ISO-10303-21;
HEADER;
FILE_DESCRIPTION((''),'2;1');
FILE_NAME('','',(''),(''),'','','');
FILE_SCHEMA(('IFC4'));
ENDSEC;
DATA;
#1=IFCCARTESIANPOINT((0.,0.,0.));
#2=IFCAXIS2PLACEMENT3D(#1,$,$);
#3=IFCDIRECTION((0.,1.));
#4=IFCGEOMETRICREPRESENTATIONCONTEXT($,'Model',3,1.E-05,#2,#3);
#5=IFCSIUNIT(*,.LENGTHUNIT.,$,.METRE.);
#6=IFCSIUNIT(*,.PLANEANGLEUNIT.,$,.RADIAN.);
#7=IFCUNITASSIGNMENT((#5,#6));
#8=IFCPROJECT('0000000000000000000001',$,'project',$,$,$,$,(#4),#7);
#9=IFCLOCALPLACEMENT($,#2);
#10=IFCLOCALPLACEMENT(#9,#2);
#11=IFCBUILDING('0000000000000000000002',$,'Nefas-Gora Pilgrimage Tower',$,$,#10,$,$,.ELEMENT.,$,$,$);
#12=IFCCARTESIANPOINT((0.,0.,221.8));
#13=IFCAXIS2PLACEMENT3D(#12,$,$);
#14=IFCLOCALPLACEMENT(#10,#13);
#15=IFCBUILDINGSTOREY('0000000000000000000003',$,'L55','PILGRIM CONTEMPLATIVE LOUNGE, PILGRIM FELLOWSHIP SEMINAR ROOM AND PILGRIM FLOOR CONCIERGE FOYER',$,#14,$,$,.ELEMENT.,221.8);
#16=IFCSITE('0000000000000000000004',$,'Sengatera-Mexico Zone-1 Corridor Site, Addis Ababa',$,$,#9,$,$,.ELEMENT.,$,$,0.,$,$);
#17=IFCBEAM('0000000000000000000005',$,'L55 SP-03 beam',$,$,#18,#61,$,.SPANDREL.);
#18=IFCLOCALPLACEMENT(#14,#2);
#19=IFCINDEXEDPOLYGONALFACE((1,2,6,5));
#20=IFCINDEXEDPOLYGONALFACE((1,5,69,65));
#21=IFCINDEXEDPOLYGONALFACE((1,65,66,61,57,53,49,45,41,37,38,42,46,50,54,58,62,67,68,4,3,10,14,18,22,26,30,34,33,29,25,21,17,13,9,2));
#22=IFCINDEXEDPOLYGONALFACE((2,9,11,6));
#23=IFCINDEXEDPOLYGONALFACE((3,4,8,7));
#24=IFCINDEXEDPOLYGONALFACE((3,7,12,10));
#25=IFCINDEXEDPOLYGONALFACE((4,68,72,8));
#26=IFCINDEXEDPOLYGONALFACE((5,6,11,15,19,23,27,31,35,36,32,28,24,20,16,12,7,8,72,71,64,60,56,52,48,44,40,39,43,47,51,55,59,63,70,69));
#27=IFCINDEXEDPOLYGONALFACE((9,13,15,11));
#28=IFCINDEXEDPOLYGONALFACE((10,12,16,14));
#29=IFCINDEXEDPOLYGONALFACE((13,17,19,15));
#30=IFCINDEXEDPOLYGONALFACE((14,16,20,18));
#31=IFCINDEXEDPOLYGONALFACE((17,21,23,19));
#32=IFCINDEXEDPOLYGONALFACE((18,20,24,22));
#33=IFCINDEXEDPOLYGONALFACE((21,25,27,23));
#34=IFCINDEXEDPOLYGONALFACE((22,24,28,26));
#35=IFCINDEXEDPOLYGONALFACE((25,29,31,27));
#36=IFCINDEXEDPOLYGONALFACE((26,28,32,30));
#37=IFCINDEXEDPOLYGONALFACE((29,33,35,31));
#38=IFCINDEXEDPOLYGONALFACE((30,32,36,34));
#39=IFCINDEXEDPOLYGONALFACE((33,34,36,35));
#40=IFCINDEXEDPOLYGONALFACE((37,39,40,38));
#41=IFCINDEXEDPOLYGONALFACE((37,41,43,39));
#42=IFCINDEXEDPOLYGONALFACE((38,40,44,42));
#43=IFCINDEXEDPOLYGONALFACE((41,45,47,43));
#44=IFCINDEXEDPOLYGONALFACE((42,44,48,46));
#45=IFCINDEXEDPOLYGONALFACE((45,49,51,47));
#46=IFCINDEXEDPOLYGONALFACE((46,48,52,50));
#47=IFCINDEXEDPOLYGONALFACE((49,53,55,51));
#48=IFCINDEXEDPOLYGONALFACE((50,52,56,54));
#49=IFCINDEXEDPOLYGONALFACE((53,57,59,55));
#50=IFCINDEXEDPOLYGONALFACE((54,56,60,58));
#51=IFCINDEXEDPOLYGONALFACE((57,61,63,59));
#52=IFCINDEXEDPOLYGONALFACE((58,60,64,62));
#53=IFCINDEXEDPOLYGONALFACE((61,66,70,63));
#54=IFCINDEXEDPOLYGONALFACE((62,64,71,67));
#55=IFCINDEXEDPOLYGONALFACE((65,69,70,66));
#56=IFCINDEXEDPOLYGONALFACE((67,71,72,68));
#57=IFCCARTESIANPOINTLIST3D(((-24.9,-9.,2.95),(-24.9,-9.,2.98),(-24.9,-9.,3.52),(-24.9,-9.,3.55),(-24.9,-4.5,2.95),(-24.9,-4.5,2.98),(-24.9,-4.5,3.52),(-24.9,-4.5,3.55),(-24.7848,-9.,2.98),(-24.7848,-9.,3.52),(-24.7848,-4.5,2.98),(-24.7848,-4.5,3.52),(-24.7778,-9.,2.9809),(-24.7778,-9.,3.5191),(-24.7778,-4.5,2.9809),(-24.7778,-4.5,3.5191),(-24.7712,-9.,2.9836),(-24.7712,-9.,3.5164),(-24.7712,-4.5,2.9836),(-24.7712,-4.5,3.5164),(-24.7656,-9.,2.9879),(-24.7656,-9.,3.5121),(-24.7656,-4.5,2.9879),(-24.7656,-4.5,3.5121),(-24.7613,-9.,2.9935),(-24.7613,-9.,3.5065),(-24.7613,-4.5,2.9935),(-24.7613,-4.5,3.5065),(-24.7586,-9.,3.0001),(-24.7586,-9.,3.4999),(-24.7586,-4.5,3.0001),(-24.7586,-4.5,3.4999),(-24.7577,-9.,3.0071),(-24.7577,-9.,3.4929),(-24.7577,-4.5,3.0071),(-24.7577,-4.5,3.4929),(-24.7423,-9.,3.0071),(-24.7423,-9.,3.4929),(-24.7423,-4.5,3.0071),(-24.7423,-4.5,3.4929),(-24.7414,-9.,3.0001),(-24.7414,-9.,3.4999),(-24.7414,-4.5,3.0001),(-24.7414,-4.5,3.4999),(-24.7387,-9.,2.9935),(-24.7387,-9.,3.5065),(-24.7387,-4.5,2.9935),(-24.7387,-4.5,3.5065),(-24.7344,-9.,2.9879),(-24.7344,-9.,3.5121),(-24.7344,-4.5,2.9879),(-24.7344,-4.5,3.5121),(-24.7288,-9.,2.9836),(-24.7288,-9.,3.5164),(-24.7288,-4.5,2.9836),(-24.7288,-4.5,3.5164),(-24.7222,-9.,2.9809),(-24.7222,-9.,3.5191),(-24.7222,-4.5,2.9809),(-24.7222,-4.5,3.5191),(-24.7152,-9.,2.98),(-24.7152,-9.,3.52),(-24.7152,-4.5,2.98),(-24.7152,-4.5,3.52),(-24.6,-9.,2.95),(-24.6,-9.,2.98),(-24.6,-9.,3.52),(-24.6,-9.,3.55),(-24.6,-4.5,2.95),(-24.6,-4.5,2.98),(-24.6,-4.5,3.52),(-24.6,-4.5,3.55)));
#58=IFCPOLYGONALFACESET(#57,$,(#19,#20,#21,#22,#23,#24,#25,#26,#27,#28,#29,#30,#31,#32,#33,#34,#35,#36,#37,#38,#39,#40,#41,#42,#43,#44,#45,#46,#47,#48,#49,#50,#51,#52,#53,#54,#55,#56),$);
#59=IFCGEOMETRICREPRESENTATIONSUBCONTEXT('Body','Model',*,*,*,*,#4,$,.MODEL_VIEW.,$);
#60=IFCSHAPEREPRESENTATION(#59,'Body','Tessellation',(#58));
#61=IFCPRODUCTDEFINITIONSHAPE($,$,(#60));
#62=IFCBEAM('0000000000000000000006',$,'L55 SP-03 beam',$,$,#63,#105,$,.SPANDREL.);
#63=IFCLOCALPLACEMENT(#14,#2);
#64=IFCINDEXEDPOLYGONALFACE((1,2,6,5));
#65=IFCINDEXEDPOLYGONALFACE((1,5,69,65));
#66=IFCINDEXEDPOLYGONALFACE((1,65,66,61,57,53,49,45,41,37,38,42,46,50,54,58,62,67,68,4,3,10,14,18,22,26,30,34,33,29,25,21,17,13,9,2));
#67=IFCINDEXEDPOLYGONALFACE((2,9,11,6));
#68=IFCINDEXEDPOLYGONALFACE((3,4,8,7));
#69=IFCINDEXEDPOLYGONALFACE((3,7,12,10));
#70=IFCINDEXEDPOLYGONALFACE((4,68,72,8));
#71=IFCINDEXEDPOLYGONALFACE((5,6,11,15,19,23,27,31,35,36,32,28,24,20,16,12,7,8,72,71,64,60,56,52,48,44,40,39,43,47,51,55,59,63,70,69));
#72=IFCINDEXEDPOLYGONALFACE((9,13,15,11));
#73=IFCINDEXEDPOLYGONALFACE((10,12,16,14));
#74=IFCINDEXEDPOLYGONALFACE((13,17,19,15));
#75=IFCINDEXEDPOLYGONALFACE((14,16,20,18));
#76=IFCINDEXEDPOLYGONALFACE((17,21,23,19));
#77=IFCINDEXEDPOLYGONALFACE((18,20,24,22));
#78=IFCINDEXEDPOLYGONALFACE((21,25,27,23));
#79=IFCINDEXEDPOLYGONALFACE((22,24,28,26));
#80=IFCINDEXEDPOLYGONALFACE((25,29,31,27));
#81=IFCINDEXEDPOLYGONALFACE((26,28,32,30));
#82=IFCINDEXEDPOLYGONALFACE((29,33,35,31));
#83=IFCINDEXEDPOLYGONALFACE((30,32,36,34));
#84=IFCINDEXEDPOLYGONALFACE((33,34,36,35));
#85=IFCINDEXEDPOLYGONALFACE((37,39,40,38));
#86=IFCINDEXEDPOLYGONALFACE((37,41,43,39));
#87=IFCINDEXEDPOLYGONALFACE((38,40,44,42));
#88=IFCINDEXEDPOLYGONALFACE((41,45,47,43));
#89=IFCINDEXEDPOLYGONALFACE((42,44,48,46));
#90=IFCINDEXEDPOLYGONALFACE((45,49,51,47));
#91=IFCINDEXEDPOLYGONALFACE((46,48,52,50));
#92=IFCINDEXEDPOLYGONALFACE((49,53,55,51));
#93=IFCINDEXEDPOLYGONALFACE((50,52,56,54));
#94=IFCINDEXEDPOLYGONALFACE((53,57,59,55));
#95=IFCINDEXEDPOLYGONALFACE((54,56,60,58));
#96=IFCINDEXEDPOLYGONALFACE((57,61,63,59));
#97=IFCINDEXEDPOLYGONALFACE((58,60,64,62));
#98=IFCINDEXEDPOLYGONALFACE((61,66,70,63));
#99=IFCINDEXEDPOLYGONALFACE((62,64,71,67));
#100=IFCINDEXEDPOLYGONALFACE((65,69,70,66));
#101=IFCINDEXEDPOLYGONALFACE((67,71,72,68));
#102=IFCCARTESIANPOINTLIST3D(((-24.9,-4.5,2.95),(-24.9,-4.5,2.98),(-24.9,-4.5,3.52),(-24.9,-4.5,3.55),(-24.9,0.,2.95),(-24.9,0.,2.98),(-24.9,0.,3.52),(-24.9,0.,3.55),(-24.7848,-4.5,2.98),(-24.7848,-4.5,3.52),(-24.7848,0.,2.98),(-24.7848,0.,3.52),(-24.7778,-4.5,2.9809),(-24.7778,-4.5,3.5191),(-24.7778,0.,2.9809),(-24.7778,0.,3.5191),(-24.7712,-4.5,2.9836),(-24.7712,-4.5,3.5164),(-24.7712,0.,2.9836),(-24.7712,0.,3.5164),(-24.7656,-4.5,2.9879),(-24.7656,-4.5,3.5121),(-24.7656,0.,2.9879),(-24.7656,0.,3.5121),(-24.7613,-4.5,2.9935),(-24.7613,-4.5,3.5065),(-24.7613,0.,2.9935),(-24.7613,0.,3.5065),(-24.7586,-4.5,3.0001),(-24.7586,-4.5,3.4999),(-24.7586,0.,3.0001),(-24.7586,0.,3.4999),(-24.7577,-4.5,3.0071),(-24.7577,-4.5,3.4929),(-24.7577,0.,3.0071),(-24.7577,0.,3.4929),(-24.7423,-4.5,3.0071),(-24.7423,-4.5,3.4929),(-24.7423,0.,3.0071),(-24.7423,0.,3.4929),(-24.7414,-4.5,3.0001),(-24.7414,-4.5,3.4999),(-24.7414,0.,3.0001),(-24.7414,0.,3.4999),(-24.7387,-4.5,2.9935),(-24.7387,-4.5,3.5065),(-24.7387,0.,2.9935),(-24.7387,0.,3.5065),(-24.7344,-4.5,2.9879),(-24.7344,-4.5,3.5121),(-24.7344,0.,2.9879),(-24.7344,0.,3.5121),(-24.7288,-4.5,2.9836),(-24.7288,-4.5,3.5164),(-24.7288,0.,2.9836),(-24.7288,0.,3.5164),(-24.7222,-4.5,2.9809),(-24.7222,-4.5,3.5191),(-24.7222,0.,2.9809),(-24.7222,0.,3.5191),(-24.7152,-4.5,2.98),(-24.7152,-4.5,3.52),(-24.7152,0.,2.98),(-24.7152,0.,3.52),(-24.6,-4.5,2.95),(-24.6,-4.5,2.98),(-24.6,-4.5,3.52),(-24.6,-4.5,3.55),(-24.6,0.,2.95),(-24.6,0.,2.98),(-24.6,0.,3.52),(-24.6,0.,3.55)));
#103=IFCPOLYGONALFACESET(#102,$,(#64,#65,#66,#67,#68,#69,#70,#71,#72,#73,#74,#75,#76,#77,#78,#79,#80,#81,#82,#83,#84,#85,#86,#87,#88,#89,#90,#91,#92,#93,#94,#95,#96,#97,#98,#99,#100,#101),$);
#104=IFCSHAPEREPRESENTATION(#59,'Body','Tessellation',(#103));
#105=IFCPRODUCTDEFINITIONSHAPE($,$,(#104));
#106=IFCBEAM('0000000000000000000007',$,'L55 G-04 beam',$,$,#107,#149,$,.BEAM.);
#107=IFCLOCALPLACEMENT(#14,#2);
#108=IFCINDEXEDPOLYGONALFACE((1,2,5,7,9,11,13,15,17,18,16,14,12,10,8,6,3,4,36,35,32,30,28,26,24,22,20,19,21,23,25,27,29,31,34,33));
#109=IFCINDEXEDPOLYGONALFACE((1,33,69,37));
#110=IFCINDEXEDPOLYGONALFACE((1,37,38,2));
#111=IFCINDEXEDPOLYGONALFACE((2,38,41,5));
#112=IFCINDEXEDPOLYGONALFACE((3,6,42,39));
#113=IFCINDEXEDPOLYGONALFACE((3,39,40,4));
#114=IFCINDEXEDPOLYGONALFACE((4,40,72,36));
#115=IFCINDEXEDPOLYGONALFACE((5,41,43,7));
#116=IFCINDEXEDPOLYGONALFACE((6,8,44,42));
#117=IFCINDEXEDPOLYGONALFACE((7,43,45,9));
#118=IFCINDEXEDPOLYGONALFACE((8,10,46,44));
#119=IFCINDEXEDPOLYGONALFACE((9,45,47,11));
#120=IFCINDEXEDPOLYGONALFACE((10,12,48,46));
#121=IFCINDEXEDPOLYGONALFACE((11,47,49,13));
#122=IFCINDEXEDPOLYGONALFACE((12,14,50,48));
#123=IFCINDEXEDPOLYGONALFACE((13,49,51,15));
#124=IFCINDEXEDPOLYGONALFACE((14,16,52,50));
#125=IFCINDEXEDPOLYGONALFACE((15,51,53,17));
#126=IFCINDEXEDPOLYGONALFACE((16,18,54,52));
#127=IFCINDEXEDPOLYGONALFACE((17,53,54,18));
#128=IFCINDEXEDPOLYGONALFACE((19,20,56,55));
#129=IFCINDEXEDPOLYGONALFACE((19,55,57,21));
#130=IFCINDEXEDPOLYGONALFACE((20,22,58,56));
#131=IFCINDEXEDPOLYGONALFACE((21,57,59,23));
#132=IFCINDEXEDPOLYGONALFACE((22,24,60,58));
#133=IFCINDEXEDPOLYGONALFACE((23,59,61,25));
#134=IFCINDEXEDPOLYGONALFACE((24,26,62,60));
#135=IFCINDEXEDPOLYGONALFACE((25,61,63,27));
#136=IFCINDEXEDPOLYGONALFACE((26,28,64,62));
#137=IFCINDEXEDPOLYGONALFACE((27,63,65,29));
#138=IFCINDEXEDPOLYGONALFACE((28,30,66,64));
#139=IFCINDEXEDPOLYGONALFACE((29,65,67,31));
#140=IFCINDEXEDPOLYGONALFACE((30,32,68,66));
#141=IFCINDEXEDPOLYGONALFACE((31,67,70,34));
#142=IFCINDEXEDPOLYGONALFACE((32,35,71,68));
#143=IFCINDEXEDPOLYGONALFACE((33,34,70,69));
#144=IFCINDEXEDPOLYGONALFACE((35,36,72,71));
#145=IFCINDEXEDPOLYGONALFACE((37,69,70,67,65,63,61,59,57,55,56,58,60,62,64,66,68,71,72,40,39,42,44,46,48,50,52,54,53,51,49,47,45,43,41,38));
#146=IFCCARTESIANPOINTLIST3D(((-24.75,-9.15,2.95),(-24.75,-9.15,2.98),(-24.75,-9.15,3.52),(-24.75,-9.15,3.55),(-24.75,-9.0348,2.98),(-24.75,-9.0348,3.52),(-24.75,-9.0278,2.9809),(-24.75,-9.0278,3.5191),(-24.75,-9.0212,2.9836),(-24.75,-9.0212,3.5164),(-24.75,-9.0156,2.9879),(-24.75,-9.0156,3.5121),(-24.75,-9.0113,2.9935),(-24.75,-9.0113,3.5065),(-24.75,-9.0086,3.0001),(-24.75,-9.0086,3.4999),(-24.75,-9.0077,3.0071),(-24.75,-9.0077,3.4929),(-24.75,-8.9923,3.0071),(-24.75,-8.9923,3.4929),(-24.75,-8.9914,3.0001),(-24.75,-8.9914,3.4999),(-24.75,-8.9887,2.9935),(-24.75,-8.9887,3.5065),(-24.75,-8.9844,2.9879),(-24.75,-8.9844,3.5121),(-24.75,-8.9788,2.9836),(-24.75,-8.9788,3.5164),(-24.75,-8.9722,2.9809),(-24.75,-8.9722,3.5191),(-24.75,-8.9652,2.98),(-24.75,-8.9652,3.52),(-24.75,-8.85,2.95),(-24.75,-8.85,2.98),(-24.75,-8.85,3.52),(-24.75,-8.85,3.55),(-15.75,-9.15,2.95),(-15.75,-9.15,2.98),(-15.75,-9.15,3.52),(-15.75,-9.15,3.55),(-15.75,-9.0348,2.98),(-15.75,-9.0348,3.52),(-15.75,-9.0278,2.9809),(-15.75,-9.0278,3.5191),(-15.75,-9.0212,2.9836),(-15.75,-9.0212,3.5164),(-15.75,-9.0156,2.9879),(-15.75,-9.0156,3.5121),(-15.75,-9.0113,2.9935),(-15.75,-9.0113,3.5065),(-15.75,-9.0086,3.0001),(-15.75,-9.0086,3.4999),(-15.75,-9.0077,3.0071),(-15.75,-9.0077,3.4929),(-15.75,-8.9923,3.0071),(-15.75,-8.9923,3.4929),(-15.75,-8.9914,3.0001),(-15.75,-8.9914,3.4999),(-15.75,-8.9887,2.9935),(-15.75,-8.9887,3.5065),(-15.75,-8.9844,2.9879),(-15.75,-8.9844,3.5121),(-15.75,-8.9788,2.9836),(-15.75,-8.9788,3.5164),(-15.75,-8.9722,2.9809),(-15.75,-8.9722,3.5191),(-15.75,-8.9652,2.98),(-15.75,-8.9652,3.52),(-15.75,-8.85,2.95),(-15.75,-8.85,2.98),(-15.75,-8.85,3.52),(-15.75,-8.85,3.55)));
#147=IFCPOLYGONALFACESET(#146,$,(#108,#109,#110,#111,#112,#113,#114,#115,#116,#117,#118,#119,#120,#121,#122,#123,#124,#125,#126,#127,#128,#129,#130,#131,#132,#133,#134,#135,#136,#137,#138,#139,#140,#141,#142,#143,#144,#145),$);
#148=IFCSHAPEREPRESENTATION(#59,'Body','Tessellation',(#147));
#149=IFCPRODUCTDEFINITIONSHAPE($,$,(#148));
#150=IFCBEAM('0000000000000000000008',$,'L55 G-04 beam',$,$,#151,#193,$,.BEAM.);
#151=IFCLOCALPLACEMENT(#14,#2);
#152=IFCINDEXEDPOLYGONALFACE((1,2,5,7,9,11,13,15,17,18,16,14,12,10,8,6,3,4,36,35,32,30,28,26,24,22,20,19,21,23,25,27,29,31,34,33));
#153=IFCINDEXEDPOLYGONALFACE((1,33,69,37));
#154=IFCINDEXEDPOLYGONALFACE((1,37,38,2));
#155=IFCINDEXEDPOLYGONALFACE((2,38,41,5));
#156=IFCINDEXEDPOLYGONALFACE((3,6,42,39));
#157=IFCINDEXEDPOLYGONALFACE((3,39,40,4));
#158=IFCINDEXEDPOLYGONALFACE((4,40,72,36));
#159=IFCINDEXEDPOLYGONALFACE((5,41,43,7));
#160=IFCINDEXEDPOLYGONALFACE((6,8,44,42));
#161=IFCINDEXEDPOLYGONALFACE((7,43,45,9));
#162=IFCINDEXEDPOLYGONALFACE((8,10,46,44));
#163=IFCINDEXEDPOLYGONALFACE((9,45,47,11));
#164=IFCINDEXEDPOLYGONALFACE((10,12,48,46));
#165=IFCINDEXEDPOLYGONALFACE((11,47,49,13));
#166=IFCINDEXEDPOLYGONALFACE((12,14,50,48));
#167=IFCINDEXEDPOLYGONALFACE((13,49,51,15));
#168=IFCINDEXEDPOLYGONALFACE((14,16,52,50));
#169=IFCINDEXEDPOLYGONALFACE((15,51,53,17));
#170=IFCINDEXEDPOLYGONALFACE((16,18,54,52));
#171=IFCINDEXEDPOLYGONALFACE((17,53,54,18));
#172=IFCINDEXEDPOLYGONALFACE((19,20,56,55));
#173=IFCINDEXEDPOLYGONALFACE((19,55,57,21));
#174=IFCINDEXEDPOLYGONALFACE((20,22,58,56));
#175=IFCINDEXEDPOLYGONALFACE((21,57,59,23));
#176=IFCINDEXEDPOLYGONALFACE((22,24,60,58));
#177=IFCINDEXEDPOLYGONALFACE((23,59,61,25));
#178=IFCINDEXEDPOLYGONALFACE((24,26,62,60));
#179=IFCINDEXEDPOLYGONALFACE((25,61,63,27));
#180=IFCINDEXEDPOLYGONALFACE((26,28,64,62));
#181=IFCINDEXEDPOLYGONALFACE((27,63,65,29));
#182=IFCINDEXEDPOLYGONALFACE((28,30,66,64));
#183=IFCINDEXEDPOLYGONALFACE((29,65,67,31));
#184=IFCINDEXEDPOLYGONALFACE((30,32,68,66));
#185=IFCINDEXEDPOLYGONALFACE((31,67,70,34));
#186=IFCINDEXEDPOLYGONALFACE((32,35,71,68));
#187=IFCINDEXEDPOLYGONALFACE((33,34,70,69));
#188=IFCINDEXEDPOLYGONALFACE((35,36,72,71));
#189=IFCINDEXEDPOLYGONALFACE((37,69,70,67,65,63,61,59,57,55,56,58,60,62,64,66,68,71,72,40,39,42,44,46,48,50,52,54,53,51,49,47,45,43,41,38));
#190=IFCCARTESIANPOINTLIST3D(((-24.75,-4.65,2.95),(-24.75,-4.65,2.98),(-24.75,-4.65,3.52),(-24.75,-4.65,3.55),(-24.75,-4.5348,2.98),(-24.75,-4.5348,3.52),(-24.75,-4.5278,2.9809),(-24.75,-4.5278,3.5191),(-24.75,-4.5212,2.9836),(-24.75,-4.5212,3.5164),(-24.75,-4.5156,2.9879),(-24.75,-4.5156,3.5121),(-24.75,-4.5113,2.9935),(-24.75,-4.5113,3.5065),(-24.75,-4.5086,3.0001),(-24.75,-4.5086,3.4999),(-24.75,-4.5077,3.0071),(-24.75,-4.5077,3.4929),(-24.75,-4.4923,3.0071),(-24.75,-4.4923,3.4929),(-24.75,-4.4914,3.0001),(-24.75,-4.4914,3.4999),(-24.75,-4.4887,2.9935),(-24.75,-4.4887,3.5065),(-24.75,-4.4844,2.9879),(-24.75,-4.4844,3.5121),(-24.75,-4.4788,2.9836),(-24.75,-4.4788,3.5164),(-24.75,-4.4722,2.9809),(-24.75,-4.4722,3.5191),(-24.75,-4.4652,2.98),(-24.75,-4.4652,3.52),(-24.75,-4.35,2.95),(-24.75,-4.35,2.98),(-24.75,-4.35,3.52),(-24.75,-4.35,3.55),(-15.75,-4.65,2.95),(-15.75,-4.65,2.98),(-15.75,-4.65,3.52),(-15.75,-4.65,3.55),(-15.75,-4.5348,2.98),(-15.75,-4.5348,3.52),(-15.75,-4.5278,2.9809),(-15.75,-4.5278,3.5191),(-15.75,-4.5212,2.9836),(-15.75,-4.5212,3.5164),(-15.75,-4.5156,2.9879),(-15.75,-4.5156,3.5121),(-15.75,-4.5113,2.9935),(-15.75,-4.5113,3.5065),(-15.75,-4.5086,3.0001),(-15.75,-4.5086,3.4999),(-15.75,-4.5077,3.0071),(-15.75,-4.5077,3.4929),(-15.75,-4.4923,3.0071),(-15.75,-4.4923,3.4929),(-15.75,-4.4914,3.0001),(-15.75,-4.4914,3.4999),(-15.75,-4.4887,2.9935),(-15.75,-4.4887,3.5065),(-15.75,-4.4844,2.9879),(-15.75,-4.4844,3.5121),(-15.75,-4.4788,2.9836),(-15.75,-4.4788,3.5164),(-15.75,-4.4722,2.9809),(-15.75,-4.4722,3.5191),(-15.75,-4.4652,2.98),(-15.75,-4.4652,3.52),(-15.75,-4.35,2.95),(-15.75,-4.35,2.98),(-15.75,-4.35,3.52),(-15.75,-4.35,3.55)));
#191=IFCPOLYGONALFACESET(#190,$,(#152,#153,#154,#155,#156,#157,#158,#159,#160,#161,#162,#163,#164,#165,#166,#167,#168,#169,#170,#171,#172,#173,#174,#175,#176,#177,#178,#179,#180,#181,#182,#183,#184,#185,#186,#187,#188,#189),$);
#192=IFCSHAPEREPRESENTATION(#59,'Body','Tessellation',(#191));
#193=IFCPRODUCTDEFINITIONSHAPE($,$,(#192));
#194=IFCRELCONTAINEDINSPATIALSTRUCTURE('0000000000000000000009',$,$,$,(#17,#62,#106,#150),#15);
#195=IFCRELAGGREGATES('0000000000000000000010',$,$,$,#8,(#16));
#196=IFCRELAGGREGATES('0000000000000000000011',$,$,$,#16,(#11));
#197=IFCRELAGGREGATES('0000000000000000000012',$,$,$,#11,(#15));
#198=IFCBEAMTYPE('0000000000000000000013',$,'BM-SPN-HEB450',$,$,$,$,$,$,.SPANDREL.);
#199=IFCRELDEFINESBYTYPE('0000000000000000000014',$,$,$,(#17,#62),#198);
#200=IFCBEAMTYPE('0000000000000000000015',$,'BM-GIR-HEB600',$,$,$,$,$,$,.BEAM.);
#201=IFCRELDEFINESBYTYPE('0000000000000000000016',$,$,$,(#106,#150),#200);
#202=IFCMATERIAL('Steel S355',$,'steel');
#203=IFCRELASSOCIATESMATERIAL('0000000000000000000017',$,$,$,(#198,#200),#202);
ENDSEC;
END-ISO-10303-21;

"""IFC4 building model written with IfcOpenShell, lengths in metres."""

from ifc_helpers import new_model, si_unit, direction, frame, origin, origin_2d, place, context, subcontext, project, spatial, i_section, extrude, source, transform, mapped, material, material_profile, profile_set, type_object, element, save


model = new_model("IFC4")

# Units and contexts
model_context = context("Model", 3, precision=1e-05, world=origin(), true_north=direction((0.0, 1.0)))
body_context = subcontext(model_context, "Body", "Model", "MODEL_VIEW")
ifc_project = project(units=[si_unit("LENGTHUNIT", "METRE"), si_unit("PLANEANGLEUNIT", "RADIAN")], contexts=[model_context])

# Site, building, storey
site_placement = place(None, origin())
site = spatial("IfcSite", under=ifc_project, at=site_placement, Name="Sengatera-Mexico Zone-1 Corridor Site, Addis Ababa", CompositionType="ELEMENT", RefElevation=0.0)
building_placement = place(site_placement, origin())
building = spatial("IfcBuilding", under=site, at=building_placement, Name="Nefas-Gora Pilgrimage Tower", CompositionType="ELEMENT")
storey_placement = place(building_placement, frame((0.0, 0.0, 221.8)))
storey = spatial("IfcBuildingStorey", under=building, at=storey_placement, Name="L55", Description="PILGRIM CONTEMPLATIVE LOUNGE, PILGRIM FELLOWSHIP SEMINAR ROOM AND PILGRIM FLOOR CONCIERGE FOYER", CompositionType="ELEMENT", Elevation=221.8)

# Beams
ifc_material_1 = material(Name="Steel S355", Category="steel")
ifc_material_profile_1 = material_profile(ifc_material_1, i_section(OverallWidth=0.3, OverallDepth=0.6001, WebThickness=0.0154, FlangeThickness=0.03, FilletRadius=0.0271, at=origin_2d()), Name="HEB 600")
ifc_profile_set_1 = profile_set([ifc_material_profile_1], Name="Steel S355")
beam_type_1 = type_object("IfcBeamType", Name="BM-SPN-HEB450", PredefinedType="SPANDREL", material=ifc_profile_set_1)
shared_shape_1 = source(origin(), body_context, "Body", "SweptSolid", [
    extrude(i_section(OverallWidth=0.3, OverallDepth=0.6001, WebThickness=0.0154, FlangeThickness=0.03, FilletRadius=0.0271, at=origin_2d()), origin(), (0.0, 0.0, 1.0), 4.5),
])
for number, where, z_axis, x_axis, name in (
    (1, (-24.75, -9.0, 3.25), (0.0, 1.0, 0.0), (-1.0, 0.0, 0.0), "L55 SP-03 beam"),
    (2, (-24.75, -4.5, 3.25), (0.0, 1.0, 0.0), (-1.0, 0.0, 0.0), "L55 SP-03 beam"),
):
    element("IfcBeam", number, at=place(storey_placement, frame(where, z_axis=z_axis, x_axis=x_axis)), inside=storey, type_object=beam_type_1, Name=name, PredefinedType="SPANDREL", context=body_context, shape_type="MappedRepresentation", body=[
        mapped(shared_shape_1, transform((0.0, 0.0, 0.0), x_axis=(1.0, 0.0, 0.0), y_axis=(0.0, 1.0, 0.0), z_axis=(0.0, 0.0, 1.0), scale=1.0)),
    ])
ifc_material_profile_2 = material_profile(ifc_material_1, i_section(OverallWidth=0.3, OverallDepth=0.6001, WebThickness=0.0154, FlangeThickness=0.03, FilletRadius=0.0271, at=origin_2d()), Name="HEB 600")
ifc_profile_set_2 = profile_set([ifc_material_profile_2], Name="Steel S355")
beam_type_2 = type_object("IfcBeamType", Name="BM-GIR-HEB600", PredefinedType="BEAM", material=ifc_profile_set_2)
shared_shape_2 = source(origin(), body_context, "Body", "SweptSolid", [
    extrude(i_section(OverallWidth=0.3, OverallDepth=0.6001, WebThickness=0.0154, FlangeThickness=0.03, FilletRadius=0.0271, at=origin_2d()), origin(), (0.0, 0.0, 1.0), 9.0),
])
for number, where, z_axis, x_axis, name in (
    (3, (-24.75, -9.0, 3.25), (1.0, 0.0, 0.0), (0.0, 1.0, 0.0), "L55 G-04 beam"),
    (4, (-24.75, -4.5, 3.25), (1.0, 0.0, 0.0), (0.0, 1.0, 0.0), "L55 G-04 beam"),
):
    element("IfcBeam", number, at=place(storey_placement, frame(where, z_axis=z_axis, x_axis=x_axis)), inside=storey, type_object=beam_type_2, Name=name, PredefinedType="BEAM", context=body_context, shape_type="MappedRepresentation", body=[
        mapped(shared_shape_2, transform((0.0, 0.0, 0.0), x_axis=(1.0, 0.0, 0.0), y_axis=(0.0, 1.0, 0.0), z_axis=(0.0, 0.0, 1.0), scale=1.0)),
    ])

save(model, "model.ifc")
